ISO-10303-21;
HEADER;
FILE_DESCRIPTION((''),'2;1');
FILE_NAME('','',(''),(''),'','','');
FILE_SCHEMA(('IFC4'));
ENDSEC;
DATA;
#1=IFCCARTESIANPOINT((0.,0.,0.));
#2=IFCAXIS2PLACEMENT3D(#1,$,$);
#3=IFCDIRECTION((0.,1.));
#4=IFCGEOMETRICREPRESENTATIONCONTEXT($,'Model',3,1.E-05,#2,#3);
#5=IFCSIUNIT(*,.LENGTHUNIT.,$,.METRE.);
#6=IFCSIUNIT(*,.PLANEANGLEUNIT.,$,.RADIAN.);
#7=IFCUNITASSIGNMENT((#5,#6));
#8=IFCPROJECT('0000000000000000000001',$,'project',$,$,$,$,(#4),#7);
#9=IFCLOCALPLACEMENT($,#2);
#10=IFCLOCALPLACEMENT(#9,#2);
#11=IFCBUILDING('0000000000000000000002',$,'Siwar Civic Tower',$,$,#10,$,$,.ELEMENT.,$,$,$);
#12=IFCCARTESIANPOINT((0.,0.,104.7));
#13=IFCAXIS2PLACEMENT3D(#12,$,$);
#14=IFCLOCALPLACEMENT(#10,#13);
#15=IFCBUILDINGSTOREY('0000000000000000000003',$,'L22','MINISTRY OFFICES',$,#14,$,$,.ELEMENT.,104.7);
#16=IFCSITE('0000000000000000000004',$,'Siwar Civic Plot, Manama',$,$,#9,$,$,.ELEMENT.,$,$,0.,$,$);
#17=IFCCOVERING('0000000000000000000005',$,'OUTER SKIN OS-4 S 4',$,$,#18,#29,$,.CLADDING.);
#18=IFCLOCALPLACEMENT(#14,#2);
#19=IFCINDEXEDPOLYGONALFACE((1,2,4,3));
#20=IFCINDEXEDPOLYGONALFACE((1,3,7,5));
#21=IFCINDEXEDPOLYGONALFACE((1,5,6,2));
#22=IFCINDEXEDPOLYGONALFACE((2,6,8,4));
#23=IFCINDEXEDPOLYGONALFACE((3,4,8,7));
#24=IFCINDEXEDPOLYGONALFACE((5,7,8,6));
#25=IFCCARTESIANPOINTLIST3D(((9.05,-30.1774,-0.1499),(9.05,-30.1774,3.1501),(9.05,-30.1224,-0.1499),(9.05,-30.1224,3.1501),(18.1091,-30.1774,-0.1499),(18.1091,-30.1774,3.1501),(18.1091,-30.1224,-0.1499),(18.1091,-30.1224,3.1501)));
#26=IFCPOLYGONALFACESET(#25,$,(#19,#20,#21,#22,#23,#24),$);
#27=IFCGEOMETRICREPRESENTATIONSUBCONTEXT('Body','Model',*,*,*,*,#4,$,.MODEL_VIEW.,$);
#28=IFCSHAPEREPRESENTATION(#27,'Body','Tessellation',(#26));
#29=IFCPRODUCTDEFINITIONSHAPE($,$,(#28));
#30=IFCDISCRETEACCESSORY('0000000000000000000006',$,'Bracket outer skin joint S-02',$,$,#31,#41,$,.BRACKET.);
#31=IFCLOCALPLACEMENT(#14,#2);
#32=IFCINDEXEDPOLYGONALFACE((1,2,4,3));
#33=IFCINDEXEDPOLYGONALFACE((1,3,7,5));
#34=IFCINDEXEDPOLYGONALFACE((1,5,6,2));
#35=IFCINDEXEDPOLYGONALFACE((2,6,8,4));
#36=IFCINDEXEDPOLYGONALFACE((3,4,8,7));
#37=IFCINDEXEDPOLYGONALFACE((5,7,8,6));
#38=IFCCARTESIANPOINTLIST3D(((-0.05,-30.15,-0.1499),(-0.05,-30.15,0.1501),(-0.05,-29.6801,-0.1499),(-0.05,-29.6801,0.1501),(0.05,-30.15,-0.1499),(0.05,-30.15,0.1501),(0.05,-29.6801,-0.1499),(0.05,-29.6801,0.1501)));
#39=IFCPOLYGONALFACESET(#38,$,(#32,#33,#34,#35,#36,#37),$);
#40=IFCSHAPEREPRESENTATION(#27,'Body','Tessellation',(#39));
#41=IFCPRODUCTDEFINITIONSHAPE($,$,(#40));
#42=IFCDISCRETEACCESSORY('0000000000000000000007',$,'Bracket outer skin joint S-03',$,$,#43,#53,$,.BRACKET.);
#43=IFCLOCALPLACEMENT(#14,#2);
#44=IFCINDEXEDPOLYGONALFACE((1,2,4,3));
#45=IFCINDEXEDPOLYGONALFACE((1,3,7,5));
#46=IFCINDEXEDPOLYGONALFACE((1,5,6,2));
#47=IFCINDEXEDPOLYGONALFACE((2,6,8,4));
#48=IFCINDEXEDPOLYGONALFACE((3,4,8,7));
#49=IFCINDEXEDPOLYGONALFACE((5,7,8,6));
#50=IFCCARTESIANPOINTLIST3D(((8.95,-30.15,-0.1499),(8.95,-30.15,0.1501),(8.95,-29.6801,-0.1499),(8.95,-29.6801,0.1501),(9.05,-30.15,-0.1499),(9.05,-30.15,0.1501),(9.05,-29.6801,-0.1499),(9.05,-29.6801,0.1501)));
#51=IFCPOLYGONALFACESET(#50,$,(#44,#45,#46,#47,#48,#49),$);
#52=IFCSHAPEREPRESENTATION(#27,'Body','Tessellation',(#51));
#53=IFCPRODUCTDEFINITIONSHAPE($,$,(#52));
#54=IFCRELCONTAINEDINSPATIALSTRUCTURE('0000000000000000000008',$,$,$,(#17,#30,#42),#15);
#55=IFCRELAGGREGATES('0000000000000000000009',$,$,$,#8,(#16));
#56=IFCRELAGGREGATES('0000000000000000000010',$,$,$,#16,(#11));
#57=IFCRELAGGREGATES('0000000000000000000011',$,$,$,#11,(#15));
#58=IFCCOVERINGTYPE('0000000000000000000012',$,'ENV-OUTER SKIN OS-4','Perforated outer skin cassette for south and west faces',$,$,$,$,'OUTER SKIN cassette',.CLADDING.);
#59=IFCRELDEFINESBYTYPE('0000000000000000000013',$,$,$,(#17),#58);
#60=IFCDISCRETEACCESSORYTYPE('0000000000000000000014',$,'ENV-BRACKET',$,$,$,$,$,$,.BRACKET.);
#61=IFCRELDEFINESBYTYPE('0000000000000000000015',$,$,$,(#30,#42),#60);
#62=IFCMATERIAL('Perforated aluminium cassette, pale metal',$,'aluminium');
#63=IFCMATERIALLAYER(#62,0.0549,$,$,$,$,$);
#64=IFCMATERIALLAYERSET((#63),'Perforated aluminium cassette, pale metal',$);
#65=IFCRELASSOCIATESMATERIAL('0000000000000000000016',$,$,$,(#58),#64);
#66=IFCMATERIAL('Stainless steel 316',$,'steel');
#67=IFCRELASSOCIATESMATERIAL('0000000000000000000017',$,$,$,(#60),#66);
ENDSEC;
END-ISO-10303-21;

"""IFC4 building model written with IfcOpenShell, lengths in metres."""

from ifc_helpers import new_model, si_unit, direction, frame, origin, origin_2d, place, context, subcontext, project, spatial, rectangle, extrude, material, layer, layer_set, type_object, element, save


model = new_model("IFC4")

# Units and contexts
model_context = context("Model", 3, precision=1e-05, world=origin(), true_north=direction((0.0, 1.0)))
body_context = subcontext(model_context, "Body", "Model", "MODEL_VIEW")
ifc_project = project(units=[si_unit("LENGTHUNIT", "METRE"), si_unit("PLANEANGLEUNIT", "RADIAN")], contexts=[model_context])

# Site, building, storey
site_placement = place(None, origin())
site = spatial("IfcSite", under=ifc_project, at=site_placement, Name="Siwar Civic Plot, Manama", CompositionType="ELEMENT", RefElevation=0.0)
building_placement = place(site_placement, origin())
building = spatial("IfcBuilding", under=site, at=building_placement, Name="Siwar Civic Tower", CompositionType="ELEMENT")
storey_placement = place(building_placement, frame((0.0, 0.0, 104.7)))
storey = spatial("IfcBuildingStorey", under=building, at=storey_placement, Name="L22", Description="MINISTRY OFFICES", CompositionType="ELEMENT", Elevation=104.7)

# Covering
ifc_material_1 = material(Name="Perforated aluminium cassette, pale metal", Category="aluminium")
ifc_layer_1 = layer(ifc_material_1, 0.0549)
ifc_layer_set_1 = layer_set([ifc_layer_1], Name="Perforated aluminium cassette, pale metal")
covering_type = type_object("IfcCoveringType", Name="ENV-OUTER SKIN OS-4", Description="Perforated outer skin cassette for south and west faces", ElementType="OUTER SKIN cassette", PredefinedType="CLADDING", material=ifc_layer_set_1)
covering_1_placement = place(storey_placement, frame((13.5796, -30.1499, -0.1499), z_axis=(0.0, 0.0, 1.0), x_axis=(1.0, 0.0, 0.0)))
element("IfcCovering", 1, at=covering_1_placement, inside=storey, type_object=covering_type, Name="OUTER SKIN OS-4 S 4", PredefinedType="CLADDING", context=body_context, shape_type="SweptSolid", body=[
    extrude(rectangle(XDim=9.0591, YDim=0.0549, at=origin_2d()), origin(), (0.0, 0.0, 1.0), 3.3),
])

# Discrete accessories
ifc_material_2 = material(Name="Stainless steel 316", Category="steel")
discrete_accessory_type = type_object("IfcDiscreteAccessoryType", Name="ENV-BRACKET", PredefinedType="BRACKET", material=ifc_material_2)
for number, where, z_axis, x_axis, name in (
    (2, (0.0, -29.915, -0.1499), (0.0, 0.0, 1.0), (0.0, -1.0, 0.0), "Bracket outer skin joint S-02"),
    (3, (9.0, -29.915, -0.1499), (0.0, 0.0, 1.0), (0.0, -1.0, 0.0), "Bracket outer skin joint S-03"),
):
    element("IfcDiscreteAccessory", number, at=place(storey_placement, frame(where, z_axis=z_axis, x_axis=x_axis)), inside=storey, type_object=discrete_accessory_type, Name=name, PredefinedType="BRACKET", context=body_context, shape_type="SweptSolid", body=[
        extrude(rectangle(XDim=0.47, YDim=0.1001, at=origin_2d()), origin(), (0.0, 0.0, 1.0), 0.3),
    ])

save(model, "model.ifc")
